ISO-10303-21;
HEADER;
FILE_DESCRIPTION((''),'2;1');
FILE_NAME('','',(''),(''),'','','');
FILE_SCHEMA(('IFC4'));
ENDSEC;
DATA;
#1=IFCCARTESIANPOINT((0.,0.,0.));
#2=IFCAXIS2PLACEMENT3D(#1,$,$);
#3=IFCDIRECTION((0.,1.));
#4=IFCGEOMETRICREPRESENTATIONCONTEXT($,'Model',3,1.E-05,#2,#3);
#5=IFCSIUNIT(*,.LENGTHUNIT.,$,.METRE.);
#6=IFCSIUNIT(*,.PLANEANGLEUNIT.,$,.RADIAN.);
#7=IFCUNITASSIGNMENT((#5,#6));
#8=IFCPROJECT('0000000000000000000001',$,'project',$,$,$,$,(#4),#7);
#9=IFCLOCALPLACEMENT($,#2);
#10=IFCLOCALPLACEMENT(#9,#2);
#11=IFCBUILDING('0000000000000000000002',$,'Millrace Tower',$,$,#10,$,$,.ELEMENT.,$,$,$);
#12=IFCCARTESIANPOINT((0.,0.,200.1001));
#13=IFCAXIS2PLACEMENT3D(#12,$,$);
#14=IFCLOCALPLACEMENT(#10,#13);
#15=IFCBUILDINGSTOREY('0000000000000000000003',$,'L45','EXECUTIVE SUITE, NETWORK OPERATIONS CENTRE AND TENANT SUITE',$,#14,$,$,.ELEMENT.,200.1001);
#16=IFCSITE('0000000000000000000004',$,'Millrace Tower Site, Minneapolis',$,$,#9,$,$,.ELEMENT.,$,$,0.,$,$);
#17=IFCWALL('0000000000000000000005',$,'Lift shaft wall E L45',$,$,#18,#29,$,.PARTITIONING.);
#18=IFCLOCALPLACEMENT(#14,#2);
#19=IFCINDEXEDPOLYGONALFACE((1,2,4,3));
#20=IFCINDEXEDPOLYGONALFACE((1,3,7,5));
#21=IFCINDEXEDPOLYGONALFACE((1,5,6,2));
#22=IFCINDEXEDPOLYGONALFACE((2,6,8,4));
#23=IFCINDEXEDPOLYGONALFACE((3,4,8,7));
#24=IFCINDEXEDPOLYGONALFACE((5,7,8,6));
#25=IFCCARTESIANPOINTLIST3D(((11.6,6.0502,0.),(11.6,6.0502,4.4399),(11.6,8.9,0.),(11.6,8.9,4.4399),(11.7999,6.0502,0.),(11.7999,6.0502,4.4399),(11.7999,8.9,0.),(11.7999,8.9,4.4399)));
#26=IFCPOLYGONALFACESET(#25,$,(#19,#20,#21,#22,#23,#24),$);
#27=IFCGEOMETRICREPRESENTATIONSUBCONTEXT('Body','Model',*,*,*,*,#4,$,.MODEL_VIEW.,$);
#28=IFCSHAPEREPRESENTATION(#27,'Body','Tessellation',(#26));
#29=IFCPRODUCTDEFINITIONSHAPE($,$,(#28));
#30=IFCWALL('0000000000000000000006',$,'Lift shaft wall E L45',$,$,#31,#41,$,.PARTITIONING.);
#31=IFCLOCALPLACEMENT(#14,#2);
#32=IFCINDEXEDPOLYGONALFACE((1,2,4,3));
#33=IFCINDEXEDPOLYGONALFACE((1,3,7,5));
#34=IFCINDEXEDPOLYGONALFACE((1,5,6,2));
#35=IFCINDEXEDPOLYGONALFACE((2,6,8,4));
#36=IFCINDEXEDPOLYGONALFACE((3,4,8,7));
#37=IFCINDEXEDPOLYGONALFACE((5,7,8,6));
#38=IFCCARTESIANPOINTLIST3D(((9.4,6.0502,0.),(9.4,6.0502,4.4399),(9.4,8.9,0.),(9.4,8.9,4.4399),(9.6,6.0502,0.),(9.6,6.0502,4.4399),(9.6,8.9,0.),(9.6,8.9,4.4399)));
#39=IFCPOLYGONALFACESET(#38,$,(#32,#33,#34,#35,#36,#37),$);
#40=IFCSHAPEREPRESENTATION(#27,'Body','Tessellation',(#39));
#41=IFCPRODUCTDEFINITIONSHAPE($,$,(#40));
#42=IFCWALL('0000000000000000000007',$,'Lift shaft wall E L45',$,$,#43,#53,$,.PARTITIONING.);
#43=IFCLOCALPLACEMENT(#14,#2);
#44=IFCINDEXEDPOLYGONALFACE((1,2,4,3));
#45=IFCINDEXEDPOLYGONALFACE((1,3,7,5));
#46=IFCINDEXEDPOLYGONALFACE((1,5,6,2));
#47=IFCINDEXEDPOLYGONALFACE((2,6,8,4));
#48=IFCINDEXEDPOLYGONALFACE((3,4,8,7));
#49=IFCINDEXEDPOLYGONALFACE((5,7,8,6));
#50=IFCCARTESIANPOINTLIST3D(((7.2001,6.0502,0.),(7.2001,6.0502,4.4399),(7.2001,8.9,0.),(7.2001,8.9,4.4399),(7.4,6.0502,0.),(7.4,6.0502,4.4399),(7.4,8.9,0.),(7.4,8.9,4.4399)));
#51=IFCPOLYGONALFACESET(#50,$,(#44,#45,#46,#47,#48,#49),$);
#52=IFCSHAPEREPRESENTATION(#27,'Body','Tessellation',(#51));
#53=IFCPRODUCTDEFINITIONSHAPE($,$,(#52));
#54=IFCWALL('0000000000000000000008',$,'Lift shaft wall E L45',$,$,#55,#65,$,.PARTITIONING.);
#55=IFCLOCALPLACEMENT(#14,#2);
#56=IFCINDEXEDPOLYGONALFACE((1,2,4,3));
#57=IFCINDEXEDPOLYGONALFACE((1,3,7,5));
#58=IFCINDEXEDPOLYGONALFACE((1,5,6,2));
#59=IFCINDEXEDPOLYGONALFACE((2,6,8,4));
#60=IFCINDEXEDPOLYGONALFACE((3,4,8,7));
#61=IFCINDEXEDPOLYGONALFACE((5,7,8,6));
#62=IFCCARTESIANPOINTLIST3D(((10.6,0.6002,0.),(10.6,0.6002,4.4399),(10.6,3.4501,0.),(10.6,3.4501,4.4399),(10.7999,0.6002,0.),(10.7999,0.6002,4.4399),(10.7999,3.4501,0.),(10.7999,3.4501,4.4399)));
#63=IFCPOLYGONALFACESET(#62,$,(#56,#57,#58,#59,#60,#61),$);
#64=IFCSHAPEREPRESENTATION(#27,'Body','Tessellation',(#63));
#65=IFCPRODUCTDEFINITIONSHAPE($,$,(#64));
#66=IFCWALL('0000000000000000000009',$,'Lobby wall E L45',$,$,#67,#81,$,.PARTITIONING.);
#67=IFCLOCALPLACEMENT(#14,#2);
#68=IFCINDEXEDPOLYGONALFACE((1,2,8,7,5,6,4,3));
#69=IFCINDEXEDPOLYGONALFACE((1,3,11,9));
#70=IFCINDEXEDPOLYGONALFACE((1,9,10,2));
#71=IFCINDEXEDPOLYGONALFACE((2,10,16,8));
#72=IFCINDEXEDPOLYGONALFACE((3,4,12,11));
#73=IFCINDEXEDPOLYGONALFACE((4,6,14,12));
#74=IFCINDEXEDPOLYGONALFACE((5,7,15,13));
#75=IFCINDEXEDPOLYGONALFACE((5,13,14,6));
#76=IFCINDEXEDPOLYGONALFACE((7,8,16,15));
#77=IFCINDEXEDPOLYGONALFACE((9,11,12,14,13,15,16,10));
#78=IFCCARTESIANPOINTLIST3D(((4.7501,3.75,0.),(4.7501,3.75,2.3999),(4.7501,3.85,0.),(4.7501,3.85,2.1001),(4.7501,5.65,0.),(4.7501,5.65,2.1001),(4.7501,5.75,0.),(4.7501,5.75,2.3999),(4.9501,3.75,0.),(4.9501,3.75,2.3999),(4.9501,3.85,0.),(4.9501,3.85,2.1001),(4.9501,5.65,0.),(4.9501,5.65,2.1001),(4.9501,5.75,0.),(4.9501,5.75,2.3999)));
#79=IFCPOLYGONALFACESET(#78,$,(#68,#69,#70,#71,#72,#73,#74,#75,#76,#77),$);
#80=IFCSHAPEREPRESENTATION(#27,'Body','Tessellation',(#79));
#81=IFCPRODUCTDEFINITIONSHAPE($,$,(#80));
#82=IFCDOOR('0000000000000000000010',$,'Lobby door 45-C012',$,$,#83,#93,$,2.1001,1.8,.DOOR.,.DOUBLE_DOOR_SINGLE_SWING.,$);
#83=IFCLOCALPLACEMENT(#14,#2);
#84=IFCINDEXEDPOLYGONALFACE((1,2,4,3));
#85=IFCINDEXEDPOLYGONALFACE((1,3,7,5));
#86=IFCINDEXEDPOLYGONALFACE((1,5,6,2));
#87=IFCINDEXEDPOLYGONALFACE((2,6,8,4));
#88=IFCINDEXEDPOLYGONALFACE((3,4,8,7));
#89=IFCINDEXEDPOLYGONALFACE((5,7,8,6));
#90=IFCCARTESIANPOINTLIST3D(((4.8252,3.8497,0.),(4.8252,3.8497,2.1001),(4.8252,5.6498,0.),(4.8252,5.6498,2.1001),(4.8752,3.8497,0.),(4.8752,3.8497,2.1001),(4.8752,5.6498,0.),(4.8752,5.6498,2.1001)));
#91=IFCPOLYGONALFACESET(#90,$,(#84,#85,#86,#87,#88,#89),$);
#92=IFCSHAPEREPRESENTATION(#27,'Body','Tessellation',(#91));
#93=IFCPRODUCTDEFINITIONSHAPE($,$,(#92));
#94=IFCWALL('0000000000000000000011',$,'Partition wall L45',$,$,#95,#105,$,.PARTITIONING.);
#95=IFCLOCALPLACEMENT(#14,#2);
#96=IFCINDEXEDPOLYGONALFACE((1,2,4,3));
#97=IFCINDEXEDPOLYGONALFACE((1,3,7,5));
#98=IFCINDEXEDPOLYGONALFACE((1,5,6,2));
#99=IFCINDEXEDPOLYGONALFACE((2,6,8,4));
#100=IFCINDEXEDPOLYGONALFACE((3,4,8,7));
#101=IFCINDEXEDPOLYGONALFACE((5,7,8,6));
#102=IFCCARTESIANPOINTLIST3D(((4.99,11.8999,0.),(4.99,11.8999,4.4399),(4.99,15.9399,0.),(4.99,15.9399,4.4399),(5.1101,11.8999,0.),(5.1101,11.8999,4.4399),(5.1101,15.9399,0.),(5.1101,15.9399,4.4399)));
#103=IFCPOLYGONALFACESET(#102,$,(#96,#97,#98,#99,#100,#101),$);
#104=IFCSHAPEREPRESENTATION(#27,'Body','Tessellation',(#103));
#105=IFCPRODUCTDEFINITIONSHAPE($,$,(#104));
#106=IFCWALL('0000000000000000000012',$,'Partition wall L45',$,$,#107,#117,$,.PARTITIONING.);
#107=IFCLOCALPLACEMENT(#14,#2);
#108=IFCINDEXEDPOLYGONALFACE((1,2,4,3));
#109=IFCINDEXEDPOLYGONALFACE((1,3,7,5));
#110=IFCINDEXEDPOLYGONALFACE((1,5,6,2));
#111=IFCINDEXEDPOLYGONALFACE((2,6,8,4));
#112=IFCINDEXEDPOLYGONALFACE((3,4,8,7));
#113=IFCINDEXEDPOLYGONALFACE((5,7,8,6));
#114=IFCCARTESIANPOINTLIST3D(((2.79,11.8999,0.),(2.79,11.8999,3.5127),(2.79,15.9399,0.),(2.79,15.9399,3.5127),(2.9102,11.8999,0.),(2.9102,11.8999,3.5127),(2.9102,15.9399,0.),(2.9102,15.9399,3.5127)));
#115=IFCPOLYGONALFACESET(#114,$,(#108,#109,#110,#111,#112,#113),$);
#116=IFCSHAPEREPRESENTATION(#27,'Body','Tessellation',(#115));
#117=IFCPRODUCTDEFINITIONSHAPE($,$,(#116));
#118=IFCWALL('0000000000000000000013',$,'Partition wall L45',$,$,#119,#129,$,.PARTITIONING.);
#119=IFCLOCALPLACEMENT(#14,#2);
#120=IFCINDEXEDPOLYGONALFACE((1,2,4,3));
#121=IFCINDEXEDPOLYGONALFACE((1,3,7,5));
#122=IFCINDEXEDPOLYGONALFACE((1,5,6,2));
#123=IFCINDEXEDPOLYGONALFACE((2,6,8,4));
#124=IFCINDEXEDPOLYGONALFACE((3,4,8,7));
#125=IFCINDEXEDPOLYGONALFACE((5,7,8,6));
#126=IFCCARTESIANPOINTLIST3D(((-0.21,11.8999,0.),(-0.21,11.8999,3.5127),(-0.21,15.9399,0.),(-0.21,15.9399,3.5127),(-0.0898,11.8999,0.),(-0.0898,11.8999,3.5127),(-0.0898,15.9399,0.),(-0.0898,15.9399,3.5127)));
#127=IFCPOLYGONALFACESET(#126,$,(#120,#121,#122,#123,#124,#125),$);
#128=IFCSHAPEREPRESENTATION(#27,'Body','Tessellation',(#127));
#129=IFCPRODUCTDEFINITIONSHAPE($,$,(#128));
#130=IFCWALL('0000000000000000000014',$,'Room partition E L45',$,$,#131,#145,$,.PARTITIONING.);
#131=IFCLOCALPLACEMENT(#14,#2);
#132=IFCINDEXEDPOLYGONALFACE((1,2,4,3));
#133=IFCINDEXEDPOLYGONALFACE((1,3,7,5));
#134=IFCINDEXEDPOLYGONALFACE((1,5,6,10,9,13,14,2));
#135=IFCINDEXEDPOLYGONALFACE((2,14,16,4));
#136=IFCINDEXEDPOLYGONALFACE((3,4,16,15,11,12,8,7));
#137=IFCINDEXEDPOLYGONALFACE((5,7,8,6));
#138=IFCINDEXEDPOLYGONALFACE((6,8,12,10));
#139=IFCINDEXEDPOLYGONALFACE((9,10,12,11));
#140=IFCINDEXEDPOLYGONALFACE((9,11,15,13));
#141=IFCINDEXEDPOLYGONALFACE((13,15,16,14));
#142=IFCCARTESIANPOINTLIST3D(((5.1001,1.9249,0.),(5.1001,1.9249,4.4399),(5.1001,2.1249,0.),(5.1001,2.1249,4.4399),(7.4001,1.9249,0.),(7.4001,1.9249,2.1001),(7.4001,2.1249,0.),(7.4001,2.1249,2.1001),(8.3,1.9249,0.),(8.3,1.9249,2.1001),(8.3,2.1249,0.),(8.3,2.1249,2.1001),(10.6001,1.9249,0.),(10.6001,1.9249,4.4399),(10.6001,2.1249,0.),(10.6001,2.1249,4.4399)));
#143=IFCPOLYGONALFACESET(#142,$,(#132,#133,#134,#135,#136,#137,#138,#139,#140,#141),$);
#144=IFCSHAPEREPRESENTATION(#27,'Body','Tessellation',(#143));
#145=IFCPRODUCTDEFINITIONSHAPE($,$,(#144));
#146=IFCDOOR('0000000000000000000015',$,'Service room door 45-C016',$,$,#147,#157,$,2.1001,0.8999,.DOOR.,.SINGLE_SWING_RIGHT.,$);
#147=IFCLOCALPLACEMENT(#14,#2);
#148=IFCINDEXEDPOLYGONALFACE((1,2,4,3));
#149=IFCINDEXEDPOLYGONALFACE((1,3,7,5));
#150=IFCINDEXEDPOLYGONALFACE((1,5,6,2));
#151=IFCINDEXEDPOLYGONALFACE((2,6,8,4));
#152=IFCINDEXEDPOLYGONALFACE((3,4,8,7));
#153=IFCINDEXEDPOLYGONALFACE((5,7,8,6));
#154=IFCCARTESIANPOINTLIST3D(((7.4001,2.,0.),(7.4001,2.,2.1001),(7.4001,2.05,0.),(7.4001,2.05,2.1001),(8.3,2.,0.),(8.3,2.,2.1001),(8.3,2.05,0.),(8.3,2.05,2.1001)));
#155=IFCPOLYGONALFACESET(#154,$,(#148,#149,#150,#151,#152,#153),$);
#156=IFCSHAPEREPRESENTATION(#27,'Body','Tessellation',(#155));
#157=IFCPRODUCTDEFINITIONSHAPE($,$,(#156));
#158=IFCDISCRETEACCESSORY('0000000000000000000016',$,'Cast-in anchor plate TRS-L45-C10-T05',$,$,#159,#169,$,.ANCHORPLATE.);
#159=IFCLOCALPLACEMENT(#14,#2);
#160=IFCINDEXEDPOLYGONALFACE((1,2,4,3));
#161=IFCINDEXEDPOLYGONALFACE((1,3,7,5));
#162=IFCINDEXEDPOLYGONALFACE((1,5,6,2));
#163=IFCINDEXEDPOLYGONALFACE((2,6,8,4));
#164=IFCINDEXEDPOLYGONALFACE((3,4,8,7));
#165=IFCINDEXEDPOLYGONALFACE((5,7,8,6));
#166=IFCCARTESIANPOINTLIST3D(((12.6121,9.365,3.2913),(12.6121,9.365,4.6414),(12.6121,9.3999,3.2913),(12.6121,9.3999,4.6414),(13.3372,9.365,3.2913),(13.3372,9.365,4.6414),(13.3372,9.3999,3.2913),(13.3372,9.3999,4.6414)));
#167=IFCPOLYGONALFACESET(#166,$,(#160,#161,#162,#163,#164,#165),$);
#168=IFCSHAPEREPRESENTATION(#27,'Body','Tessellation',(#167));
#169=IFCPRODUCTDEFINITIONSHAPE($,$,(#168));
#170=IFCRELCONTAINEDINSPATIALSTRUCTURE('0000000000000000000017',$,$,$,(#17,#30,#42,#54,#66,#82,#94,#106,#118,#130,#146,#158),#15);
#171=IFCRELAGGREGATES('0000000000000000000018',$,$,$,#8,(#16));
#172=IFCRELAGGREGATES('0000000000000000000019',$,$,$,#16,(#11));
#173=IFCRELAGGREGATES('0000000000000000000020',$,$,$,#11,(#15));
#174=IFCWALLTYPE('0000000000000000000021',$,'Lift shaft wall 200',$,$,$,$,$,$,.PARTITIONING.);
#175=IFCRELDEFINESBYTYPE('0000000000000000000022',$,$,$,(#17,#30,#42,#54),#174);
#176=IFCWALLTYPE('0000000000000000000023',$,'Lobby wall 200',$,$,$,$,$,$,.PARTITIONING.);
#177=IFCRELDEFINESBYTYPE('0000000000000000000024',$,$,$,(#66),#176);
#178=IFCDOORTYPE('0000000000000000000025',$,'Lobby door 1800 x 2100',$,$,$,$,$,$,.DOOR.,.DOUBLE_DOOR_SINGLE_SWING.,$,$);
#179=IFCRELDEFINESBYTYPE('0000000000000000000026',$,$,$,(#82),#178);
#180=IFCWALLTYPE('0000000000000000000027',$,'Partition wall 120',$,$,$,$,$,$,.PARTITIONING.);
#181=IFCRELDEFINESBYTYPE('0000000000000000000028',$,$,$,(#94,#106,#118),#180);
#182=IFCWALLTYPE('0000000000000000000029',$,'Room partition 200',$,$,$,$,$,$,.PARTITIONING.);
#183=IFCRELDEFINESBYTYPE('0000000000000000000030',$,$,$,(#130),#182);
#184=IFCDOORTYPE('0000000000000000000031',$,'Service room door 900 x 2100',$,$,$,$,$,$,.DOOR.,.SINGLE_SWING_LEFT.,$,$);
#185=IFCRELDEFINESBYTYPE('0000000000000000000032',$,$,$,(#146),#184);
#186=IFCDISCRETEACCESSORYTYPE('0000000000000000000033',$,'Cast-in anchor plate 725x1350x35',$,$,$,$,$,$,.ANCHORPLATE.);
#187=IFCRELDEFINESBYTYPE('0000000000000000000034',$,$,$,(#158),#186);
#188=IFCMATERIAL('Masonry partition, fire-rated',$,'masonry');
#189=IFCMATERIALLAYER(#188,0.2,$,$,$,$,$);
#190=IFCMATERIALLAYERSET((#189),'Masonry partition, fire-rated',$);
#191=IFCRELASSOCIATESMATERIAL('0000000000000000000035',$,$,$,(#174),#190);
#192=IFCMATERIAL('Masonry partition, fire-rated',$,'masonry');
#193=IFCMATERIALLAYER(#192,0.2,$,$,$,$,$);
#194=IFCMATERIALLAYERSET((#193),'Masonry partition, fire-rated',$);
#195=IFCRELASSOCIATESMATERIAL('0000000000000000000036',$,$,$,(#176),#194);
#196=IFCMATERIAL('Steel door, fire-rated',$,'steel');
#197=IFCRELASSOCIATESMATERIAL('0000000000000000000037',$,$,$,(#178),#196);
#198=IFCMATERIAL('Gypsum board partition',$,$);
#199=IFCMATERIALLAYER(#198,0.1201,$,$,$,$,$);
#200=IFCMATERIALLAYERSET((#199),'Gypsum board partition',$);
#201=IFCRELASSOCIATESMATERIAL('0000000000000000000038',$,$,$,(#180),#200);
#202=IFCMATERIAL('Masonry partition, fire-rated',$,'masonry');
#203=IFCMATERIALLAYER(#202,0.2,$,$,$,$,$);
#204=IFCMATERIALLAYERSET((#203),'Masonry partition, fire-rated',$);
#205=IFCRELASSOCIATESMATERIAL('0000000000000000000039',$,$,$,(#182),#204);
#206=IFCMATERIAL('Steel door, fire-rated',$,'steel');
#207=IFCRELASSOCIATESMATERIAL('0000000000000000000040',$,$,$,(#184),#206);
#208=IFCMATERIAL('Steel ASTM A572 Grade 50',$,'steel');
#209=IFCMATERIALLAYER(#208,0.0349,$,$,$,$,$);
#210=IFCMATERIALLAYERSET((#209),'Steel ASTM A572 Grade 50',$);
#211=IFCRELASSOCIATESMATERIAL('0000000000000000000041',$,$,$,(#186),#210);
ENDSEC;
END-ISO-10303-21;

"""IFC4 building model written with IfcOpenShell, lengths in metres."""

from ifc_helpers import new_model, si_unit, direction, frame, frame_2d, origin, origin_2d, place, context, subcontext, project, spatial, rectangle, extrude, material, layer, layer_set, type_object, element, fill, save


model = new_model("IFC4")

# Units and contexts
model_context = context("Model", 3, precision=1e-05, world=origin(), true_north=direction((0.0, 1.0)))
body_context = subcontext(model_context, "Body", "Model", "MODEL_VIEW")
ifc_project = project(units=[si_unit("LENGTHUNIT", "METRE"), si_unit("PLANEANGLEUNIT", "RADIAN")], contexts=[model_context])

# Site, building, storey
site_placement = place(None, origin())
site = spatial("IfcSite", under=ifc_project, at=site_placement, Name="Millrace Tower Site, Minneapolis", CompositionType="ELEMENT", RefElevation=0.0)
building_placement = place(site_placement, origin())
building = spatial("IfcBuilding", under=site, at=building_placement, Name="Millrace Tower", CompositionType="ELEMENT")
storey_placement = place(building_placement, frame((0.0, 0.0, 200.1001)))
storey = spatial("IfcBuildingStorey", under=building, at=storey_placement, Name="L45", Description="EXECUTIVE SUITE, NETWORK OPERATIONS CENTRE AND TENANT SUITE", CompositionType="ELEMENT", Elevation=200.1001)

# Walls
ifc_material_1 = material(Name="Masonry partition, fire-rated", Category="masonry")
ifc_layer_1 = layer(ifc_material_1, 0.2)
ifc_layer_set_1 = layer_set([ifc_layer_1], Name="Masonry partition, fire-rated")
wall_type_1 = type_object("IfcWallType", Name="Lift shaft wall 200", PredefinedType="PARTITIONING", material=ifc_layer_set_1)
for number, where, z_axis, x_axis, name in (
    (1, (11.7, 8.8999, 0.0), (0.0, 0.0, 1.0), (0.0, -1.0, 0.0), "Lift shaft wall E L45"),
    (2, (9.5, 8.8999, 0.0), (0.0, 0.0, 1.0), (0.0, -1.0, 0.0), "Lift shaft wall E L45"),
    (3, (7.3, 8.8999, 0.0), (0.0, 0.0, 1.0), (0.0, -1.0, 0.0), "Lift shaft wall E L45"),
    (4, (10.7, 3.45, 0.0), (0.0, 0.0, 1.0), (0.0, -1.0, 0.0), "Lift shaft wall E L45"),
):
    element("IfcWall", number, at=place(storey_placement, frame(where, z_axis=z_axis, x_axis=x_axis)), inside=storey, type_object=wall_type_1, Name=name, PredefinedType="PARTITIONING", context=body_context, shape_type="SweptSolid", body=[
        extrude(rectangle(XDim=2.8499, YDim=0.2, at=frame_2d((1.4248, 0.0))), origin(), (0.0, 0.0, 1.0), 4.4399),
    ])

# Wall, opening, door
ifc_material_2 = material(Name="Masonry partition, fire-rated", Category="masonry")
ifc_layer_2 = layer(ifc_material_2, 0.2)
ifc_layer_set_2 = layer_set([ifc_layer_2], Name="Masonry partition, fire-rated")
wall_type_2 = type_object("IfcWallType", Name="Lobby wall 200", PredefinedType="PARTITIONING", material=ifc_layer_set_2)
wall_1_placement = place(storey_placement, frame((4.8501, 5.75, 0.0), z_axis=(0.0, 0.0, 1.0), x_axis=(0.0, -1.0, 0.0)))
wall_1 = element("IfcWall", 5, at=wall_1_placement, inside=storey, type_object=wall_type_2, Name="Lobby wall E L45", PredefinedType="PARTITIONING", context=body_context, shape_type="SweptSolid", body=[
    extrude(rectangle(XDim=2.0, YDim=0.2, at=frame_2d((1.0, 0.0))), origin(), (0.0, 0.0, 1.0), 2.3999),
])
opening_1_placement = place(wall_1_placement, frame((0.1001, 0.0, 0.0)))
opening_1 = element("IfcOpeningElement", 6, at=opening_1_placement, cuts=wall_1, PredefinedType="OPENING", context=body_context, shape_type="SweptSolid", body=[
    extrude(rectangle(XDim=1.8, YDim=2.1001, at=frame_2d((0.8999, 1.05))), frame((0.0, 0.1099, 0.0), z_axis=(0.0, -1.0, 0.0), x_axis=(1.0, 0.0, 0.0)), (0.0, 0.0, 1.0), 0.22),
])
ifc_material_3 = material(Name="Steel door, fire-rated", Category="steel")
door_type_1 = type_object("IfcDoorType", Name="Lobby door 1800 x 2100", OperationType="DOUBLE_DOOR_SINGLE_SWING", PredefinedType="DOOR", material=ifc_material_3)
door_1_placement = place(opening_1_placement, frame((1.8, 0.0, 0.0), z_axis=(0.0, 0.0, 1.0), x_axis=(-1.0, 0.0, 0.0)))
door_1 = element("IfcDoor", 7, at=door_1_placement, inside=storey, type_object=door_type_1, Name="Lobby door 45-C012", OperationType="DOUBLE_DOOR_SINGLE_SWING", OverallHeight=2.1001, OverallWidth=1.8, PredefinedType="DOOR", context=body_context, shape_type="SweptSolid", body=[
    extrude(rectangle(XDim=1.8, YDim=2.1001, at=frame_2d((0.8999, 1.05))), frame((0.0, 0.0249, 0.0), z_axis=(0.0, -1.0, 0.0), x_axis=(1.0, 0.0, 0.0)), (0.0, 0.0, 1.0), 0.05),
])
fill(opening_1, door_1)

# Walls
ifc_material_4 = material(Name="Gypsum board partition")
ifc_layer_3 = layer(ifc_material_4, 0.1201)
ifc_layer_set_3 = layer_set([ifc_layer_3], Name="Gypsum board partition")
wall_type_3 = type_object("IfcWallType", Name="Partition wall 120", PredefinedType="PARTITIONING", material=ifc_layer_set_3)
wall_2_placement = place(storey_placement, frame((5.05, 11.8999, 0.0), z_axis=(0.0, 0.0, 1.0), x_axis=(0.0, 1.0, 0.0)))
element("IfcWall", 8, at=wall_2_placement, inside=storey, type_object=wall_type_3, Name="Partition wall L45", PredefinedType="PARTITIONING", context=body_context, shape_type="SweptSolid", body=[
    extrude(rectangle(XDim=4.04, YDim=0.1201, at=frame_2d((2.02, 0.0))), origin(), (0.0, 0.0, 1.0), 4.4399),
])
for number, where, z_axis, x_axis, name in (
    (9, (2.8501, 11.8999, 0.0), (0.0, 0.0, 1.0), (0.0, 1.0, 0.0), "Partition wall L45"),
    (10, (-0.1499, 11.8999, 0.0), (0.0, 0.0, 1.0), (0.0, 1.0, 0.0), "Partition wall L45"),
):
    element("IfcWall", number, at=place(storey_placement, frame(where, z_axis=z_axis, x_axis=x_axis)), inside=storey, type_object=wall_type_3, Name=name, PredefinedType="PARTITIONING", context=body_context, shape_type="SweptSolid", body=[
        extrude(rectangle(XDim=4.04, YDim=0.1201, at=frame_2d((2.02, 0.0))), origin(), (0.0, 0.0, 1.0), 3.5127),
    ])

# Wall, opening, door
ifc_material_5 = material(Name="Masonry partition, fire-rated", Category="masonry")
ifc_layer_4 = layer(ifc_material_5, 0.2)
ifc_layer_set_4 = layer_set([ifc_layer_4], Name="Masonry partition, fire-rated")
wall_type_4 = type_object("IfcWallType", Name="Room partition 200", PredefinedType="PARTITIONING", material=ifc_layer_set_4)
wall_3_placement = place(storey_placement, frame((10.6001, 2.0249, 0.0), z_axis=(0.0, 0.0, 1.0), x_axis=(-1.0, 0.0, 0.0)))
wall_3 = element("IfcWall", 11, at=wall_3_placement, inside=storey, type_object=wall_type_4, Name="Room partition E L45", PredefinedType="PARTITIONING", context=body_context, shape_type="SweptSolid", body=[
    extrude(rectangle(XDim=5.5, YDim=0.2, at=frame_2d((2.75, 0.0))), origin(), (0.0, 0.0, 1.0), 4.4399),
])
opening_2_placement = place(wall_3_placement, frame((2.3, 0.0, 0.0)))
opening_2 = element("IfcOpeningElement", 12, at=opening_2_placement, cuts=wall_3, PredefinedType="OPENING", context=body_context, shape_type="SweptSolid", body=[
    extrude(rectangle(XDim=0.8999, YDim=2.1001, at=frame_2d((0.45, 1.05))), frame((0.0, 0.1099, 0.0), z_axis=(0.0, -1.0, 0.0), x_axis=(1.0, 0.0, 0.0)), (0.0, 0.0, 1.0), 0.22),
])
ifc_material_6 = material(Name="Steel door, fire-rated", Category="steel")
door_type_2 = type_object("IfcDoorType", Name="Service room door 900 x 2100", OperationType="SINGLE_SWING_LEFT", PredefinedType="DOOR", material=ifc_material_6)
door_2_placement = place(opening_2_placement, origin())
door_2 = element("IfcDoor", 13, at=door_2_placement, inside=storey, type_object=door_type_2, Name="Service room door 45-C016", OperationType="SINGLE_SWING_RIGHT", OverallHeight=2.1001, OverallWidth=0.8999, PredefinedType="DOOR", context=body_context, shape_type="SweptSolid", body=[
    extrude(rectangle(XDim=0.8999, YDim=2.1001, at=frame_2d((0.45, 1.05))), frame((0.0, 0.0249, 0.0), z_axis=(0.0, -1.0, 0.0), x_axis=(1.0, 0.0, 0.0)), (0.0, 0.0, 1.0), 0.05),
])
fill(opening_2, door_2)

# Discrete accessory
ifc_material_7 = material(Name="Steel ASTM A572 Grade 50", Category="steel")
ifc_layer_5 = layer(ifc_material_7, 0.0349)
ifc_layer_set_5 = layer_set([ifc_layer_5], Name="Steel ASTM A572 Grade 50")
discrete_accessory_type = type_object("IfcDiscreteAccessoryType", Name="Cast-in anchor plate 725x1350x35", PredefinedType="ANCHORPLATE", material=ifc_layer_set_5)
discrete_accessory_placement = place(storey_placement, frame((12.9746, 9.365, 3.9663), z_axis=(0.0, 1.0, 0.0), x_axis=(-1.0, 0.0, 0.0)))
element("IfcDiscreteAccessory", 14, at=discrete_accessory_placement, inside=storey, type_object=discrete_accessory_type, Name="Cast-in anchor plate TRS-L45-C10-T05", PredefinedType="ANCHORPLATE", context=body_context, shape_type="SweptSolid", body=[
    extrude(rectangle(XDim=0.7251, YDim=1.3501, at=origin_2d()), origin(), (0.0, 0.0, 1.0), 0.0349),
])

save(model, "model.ifc")
